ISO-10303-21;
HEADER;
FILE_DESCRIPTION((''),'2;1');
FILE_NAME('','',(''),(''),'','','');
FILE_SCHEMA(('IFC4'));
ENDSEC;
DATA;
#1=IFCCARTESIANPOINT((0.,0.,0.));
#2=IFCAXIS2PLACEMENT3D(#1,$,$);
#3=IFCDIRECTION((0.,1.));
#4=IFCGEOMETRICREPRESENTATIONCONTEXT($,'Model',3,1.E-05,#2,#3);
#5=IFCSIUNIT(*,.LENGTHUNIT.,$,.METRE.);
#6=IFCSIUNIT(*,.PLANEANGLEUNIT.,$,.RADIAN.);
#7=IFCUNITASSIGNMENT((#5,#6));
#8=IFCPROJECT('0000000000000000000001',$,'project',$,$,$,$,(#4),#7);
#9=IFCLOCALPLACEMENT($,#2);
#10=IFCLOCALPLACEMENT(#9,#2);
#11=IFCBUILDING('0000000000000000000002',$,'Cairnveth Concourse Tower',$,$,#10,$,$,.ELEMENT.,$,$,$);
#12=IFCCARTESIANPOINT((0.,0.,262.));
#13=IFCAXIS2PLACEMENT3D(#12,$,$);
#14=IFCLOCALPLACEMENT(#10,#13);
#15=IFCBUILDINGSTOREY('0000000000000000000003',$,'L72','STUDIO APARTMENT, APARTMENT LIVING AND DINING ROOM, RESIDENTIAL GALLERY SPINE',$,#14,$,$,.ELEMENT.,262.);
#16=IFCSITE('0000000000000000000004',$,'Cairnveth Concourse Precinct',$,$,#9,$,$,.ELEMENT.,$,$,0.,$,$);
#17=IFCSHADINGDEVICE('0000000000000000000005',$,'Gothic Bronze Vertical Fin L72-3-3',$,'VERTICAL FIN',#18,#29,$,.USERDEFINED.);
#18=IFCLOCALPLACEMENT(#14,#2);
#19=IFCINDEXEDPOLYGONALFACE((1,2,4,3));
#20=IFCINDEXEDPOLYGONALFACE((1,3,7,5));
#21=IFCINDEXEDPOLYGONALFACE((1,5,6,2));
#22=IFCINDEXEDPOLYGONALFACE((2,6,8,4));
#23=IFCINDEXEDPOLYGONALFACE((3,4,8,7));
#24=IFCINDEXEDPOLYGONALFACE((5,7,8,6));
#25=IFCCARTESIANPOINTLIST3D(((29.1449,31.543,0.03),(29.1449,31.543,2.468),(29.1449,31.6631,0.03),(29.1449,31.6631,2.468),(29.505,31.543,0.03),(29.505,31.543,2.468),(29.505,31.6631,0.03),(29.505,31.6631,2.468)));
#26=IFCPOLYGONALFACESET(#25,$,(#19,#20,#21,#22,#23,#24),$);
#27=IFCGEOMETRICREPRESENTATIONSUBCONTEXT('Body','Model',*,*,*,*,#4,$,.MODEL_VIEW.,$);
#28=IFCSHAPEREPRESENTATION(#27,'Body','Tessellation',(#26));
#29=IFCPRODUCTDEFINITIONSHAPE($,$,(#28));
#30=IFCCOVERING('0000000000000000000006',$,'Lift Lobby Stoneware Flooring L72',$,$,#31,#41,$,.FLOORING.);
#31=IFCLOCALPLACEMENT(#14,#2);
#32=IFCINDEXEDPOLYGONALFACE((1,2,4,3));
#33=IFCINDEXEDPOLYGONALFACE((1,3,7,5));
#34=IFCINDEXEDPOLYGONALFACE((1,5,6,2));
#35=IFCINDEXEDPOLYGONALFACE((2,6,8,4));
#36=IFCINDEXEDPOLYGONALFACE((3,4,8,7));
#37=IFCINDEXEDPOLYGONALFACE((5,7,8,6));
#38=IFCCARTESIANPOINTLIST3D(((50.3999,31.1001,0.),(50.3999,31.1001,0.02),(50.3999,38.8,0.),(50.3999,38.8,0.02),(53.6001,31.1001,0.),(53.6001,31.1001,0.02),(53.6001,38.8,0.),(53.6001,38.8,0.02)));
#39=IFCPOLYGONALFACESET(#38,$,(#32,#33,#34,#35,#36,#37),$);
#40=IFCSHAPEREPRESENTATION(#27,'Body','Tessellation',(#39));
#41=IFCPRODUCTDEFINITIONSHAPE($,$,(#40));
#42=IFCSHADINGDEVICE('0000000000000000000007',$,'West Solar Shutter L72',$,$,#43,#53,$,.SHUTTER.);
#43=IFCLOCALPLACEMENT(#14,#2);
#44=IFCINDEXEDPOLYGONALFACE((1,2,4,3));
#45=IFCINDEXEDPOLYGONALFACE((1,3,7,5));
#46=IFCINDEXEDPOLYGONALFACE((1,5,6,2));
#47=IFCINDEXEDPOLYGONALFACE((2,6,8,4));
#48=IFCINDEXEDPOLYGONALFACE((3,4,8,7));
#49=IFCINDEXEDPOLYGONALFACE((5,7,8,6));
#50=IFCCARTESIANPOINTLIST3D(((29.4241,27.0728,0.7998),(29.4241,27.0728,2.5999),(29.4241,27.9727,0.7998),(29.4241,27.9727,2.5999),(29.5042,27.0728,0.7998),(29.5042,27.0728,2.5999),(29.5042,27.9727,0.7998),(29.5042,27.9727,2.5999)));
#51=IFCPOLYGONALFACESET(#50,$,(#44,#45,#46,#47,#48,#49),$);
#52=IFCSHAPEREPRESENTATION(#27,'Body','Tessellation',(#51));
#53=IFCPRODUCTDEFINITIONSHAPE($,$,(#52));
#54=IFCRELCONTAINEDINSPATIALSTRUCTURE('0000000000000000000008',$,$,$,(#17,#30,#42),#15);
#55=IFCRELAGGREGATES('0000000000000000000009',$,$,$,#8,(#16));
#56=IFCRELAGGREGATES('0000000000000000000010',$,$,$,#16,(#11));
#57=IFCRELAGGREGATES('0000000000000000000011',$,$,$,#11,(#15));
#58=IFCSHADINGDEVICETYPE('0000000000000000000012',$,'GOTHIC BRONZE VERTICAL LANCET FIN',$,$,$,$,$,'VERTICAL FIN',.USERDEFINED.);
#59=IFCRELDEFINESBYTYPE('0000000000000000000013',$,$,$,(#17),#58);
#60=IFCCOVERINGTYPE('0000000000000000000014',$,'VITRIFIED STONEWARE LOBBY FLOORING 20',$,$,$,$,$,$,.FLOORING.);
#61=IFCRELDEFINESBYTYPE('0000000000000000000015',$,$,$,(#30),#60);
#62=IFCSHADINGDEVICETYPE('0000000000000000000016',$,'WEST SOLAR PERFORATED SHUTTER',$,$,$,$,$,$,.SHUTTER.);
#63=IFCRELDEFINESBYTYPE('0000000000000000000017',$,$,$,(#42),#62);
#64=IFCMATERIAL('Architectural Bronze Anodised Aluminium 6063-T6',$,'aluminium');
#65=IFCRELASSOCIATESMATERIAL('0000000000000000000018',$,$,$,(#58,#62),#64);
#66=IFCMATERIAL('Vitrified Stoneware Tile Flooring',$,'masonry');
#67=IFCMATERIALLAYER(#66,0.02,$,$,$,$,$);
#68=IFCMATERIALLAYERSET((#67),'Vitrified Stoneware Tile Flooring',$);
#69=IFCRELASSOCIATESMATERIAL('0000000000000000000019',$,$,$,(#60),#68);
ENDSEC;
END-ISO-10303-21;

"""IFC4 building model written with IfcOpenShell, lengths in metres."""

from ifc_helpers import new_model, si_unit, direction, frame, origin, origin_2d, place, context, subcontext, project, spatial, polyline, rectangle, outline, extrude, material, layer, layer_set, type_object, element, save


model = new_model("IFC4")

# Units and contexts
model_context = context("Model", 3, precision=1e-05, world=origin(), true_north=direction((0.0, 1.0)))
body_context = subcontext(model_context, "Body", "Model", "MODEL_VIEW")
ifc_project = project(units=[si_unit("LENGTHUNIT", "METRE"), si_unit("PLANEANGLEUNIT", "RADIAN")], contexts=[model_context])

# Site, building, storey
site_placement = place(None, origin())
site = spatial("IfcSite", under=ifc_project, at=site_placement, Name="Cairnveth Concourse Precinct", CompositionType="ELEMENT", RefElevation=0.0)
building_placement = place(site_placement, origin())
building = spatial("IfcBuilding", under=site, at=building_placement, Name="Cairnveth Concourse Tower", CompositionType="ELEMENT")
storey_placement = place(building_placement, frame((0.0, 0.0, 262.0)))
storey = spatial("IfcBuildingStorey", under=building, at=storey_placement, Name="L72", Description="STUDIO APARTMENT, APARTMENT LIVING AND DINING ROOM, RESIDENTIAL GALLERY SPINE", CompositionType="ELEMENT", Elevation=262.0)

# Shading device
ifc_material_1 = material(Name="Architectural Bronze Anodised Aluminium 6063-T6", Category="aluminium")
shading_device_type_1 = type_object("IfcShadingDeviceType", Name="GOTHIC BRONZE VERTICAL LANCET FIN", ElementType="VERTICAL FIN", PredefinedType="USERDEFINED", material=ifc_material_1)
for number, where, z_axis, x_axis, name in (
    (1, (29.325, 31.603, 0.03), (0.0, 0.0, 1.0), (0.0, 1.0, 0.0), "Gothic Bronze Vertical Fin L72-3-3"),
):
    element("IfcShadingDevice", number, at=place(storey_placement, frame(where, z_axis=z_axis, x_axis=x_axis)), inside=storey, type_object=shading_device_type_1, Name=name, ObjectType="VERTICAL FIN", PredefinedType="USERDEFINED", context=body_context, shape_type="SweptSolid", body=[
        extrude(rectangle(XDim=0.1201, YDim=0.3601, at=origin_2d()), origin(), (0.0, 0.0, 1.0), 2.438),
    ])

# Covering
ifc_material_2 = material(Name="Vitrified Stoneware Tile Flooring", Category="masonry")
ifc_layer_1 = layer(ifc_material_2, 0.02)
ifc_layer_set_1 = layer_set([ifc_layer_1], Name="Vitrified Stoneware Tile Flooring")
covering_type_1 = type_object("IfcCoveringType", Name="VITRIFIED STONEWARE LOBBY FLOORING 20", PredefinedType="FLOORING", material=ifc_layer_set_1)
covering_1_placement = place(storey_placement, origin())
element("IfcCovering", 2, at=covering_1_placement, inside=storey, type_object=covering_type_1, Name="Lift Lobby Stoneware Flooring L72", PredefinedType="FLOORING", context=body_context, shape_type="SweptSolid", body=[
    extrude(outline(polyline([(50.3999, 31.1001), (53.6001, 31.1001), (53.6001, 38.8), (50.3999, 38.8), (50.3999, 31.1001)])), origin(), (0.0, 0.0, 1.0), 0.02),
])

# Shading device
shading_device_type_2 = type_object("IfcShadingDeviceType", Name="WEST SOLAR PERFORATED SHUTTER", PredefinedType="SHUTTER", material=ifc_material_1)
shading_device_placement = place(storey_placement, frame((29.4641, 27.5227, 0.7998), z_axis=(0.0, 0.0, 1.0), x_axis=(1.0, 0.0, 0.0)))
element("IfcShadingDevice", 3, at=shading_device_placement, inside=storey, type_object=shading_device_type_2, Name="West Solar Shutter L72", PredefinedType="SHUTTER", context=body_context, shape_type="SweptSolid", body=[
    extrude(rectangle(XDim=0.0801, YDim=0.8999, at=origin_2d()), origin(), (0.0, 0.0, 1.0), 1.8),
])

save(model, "model.ifc")
